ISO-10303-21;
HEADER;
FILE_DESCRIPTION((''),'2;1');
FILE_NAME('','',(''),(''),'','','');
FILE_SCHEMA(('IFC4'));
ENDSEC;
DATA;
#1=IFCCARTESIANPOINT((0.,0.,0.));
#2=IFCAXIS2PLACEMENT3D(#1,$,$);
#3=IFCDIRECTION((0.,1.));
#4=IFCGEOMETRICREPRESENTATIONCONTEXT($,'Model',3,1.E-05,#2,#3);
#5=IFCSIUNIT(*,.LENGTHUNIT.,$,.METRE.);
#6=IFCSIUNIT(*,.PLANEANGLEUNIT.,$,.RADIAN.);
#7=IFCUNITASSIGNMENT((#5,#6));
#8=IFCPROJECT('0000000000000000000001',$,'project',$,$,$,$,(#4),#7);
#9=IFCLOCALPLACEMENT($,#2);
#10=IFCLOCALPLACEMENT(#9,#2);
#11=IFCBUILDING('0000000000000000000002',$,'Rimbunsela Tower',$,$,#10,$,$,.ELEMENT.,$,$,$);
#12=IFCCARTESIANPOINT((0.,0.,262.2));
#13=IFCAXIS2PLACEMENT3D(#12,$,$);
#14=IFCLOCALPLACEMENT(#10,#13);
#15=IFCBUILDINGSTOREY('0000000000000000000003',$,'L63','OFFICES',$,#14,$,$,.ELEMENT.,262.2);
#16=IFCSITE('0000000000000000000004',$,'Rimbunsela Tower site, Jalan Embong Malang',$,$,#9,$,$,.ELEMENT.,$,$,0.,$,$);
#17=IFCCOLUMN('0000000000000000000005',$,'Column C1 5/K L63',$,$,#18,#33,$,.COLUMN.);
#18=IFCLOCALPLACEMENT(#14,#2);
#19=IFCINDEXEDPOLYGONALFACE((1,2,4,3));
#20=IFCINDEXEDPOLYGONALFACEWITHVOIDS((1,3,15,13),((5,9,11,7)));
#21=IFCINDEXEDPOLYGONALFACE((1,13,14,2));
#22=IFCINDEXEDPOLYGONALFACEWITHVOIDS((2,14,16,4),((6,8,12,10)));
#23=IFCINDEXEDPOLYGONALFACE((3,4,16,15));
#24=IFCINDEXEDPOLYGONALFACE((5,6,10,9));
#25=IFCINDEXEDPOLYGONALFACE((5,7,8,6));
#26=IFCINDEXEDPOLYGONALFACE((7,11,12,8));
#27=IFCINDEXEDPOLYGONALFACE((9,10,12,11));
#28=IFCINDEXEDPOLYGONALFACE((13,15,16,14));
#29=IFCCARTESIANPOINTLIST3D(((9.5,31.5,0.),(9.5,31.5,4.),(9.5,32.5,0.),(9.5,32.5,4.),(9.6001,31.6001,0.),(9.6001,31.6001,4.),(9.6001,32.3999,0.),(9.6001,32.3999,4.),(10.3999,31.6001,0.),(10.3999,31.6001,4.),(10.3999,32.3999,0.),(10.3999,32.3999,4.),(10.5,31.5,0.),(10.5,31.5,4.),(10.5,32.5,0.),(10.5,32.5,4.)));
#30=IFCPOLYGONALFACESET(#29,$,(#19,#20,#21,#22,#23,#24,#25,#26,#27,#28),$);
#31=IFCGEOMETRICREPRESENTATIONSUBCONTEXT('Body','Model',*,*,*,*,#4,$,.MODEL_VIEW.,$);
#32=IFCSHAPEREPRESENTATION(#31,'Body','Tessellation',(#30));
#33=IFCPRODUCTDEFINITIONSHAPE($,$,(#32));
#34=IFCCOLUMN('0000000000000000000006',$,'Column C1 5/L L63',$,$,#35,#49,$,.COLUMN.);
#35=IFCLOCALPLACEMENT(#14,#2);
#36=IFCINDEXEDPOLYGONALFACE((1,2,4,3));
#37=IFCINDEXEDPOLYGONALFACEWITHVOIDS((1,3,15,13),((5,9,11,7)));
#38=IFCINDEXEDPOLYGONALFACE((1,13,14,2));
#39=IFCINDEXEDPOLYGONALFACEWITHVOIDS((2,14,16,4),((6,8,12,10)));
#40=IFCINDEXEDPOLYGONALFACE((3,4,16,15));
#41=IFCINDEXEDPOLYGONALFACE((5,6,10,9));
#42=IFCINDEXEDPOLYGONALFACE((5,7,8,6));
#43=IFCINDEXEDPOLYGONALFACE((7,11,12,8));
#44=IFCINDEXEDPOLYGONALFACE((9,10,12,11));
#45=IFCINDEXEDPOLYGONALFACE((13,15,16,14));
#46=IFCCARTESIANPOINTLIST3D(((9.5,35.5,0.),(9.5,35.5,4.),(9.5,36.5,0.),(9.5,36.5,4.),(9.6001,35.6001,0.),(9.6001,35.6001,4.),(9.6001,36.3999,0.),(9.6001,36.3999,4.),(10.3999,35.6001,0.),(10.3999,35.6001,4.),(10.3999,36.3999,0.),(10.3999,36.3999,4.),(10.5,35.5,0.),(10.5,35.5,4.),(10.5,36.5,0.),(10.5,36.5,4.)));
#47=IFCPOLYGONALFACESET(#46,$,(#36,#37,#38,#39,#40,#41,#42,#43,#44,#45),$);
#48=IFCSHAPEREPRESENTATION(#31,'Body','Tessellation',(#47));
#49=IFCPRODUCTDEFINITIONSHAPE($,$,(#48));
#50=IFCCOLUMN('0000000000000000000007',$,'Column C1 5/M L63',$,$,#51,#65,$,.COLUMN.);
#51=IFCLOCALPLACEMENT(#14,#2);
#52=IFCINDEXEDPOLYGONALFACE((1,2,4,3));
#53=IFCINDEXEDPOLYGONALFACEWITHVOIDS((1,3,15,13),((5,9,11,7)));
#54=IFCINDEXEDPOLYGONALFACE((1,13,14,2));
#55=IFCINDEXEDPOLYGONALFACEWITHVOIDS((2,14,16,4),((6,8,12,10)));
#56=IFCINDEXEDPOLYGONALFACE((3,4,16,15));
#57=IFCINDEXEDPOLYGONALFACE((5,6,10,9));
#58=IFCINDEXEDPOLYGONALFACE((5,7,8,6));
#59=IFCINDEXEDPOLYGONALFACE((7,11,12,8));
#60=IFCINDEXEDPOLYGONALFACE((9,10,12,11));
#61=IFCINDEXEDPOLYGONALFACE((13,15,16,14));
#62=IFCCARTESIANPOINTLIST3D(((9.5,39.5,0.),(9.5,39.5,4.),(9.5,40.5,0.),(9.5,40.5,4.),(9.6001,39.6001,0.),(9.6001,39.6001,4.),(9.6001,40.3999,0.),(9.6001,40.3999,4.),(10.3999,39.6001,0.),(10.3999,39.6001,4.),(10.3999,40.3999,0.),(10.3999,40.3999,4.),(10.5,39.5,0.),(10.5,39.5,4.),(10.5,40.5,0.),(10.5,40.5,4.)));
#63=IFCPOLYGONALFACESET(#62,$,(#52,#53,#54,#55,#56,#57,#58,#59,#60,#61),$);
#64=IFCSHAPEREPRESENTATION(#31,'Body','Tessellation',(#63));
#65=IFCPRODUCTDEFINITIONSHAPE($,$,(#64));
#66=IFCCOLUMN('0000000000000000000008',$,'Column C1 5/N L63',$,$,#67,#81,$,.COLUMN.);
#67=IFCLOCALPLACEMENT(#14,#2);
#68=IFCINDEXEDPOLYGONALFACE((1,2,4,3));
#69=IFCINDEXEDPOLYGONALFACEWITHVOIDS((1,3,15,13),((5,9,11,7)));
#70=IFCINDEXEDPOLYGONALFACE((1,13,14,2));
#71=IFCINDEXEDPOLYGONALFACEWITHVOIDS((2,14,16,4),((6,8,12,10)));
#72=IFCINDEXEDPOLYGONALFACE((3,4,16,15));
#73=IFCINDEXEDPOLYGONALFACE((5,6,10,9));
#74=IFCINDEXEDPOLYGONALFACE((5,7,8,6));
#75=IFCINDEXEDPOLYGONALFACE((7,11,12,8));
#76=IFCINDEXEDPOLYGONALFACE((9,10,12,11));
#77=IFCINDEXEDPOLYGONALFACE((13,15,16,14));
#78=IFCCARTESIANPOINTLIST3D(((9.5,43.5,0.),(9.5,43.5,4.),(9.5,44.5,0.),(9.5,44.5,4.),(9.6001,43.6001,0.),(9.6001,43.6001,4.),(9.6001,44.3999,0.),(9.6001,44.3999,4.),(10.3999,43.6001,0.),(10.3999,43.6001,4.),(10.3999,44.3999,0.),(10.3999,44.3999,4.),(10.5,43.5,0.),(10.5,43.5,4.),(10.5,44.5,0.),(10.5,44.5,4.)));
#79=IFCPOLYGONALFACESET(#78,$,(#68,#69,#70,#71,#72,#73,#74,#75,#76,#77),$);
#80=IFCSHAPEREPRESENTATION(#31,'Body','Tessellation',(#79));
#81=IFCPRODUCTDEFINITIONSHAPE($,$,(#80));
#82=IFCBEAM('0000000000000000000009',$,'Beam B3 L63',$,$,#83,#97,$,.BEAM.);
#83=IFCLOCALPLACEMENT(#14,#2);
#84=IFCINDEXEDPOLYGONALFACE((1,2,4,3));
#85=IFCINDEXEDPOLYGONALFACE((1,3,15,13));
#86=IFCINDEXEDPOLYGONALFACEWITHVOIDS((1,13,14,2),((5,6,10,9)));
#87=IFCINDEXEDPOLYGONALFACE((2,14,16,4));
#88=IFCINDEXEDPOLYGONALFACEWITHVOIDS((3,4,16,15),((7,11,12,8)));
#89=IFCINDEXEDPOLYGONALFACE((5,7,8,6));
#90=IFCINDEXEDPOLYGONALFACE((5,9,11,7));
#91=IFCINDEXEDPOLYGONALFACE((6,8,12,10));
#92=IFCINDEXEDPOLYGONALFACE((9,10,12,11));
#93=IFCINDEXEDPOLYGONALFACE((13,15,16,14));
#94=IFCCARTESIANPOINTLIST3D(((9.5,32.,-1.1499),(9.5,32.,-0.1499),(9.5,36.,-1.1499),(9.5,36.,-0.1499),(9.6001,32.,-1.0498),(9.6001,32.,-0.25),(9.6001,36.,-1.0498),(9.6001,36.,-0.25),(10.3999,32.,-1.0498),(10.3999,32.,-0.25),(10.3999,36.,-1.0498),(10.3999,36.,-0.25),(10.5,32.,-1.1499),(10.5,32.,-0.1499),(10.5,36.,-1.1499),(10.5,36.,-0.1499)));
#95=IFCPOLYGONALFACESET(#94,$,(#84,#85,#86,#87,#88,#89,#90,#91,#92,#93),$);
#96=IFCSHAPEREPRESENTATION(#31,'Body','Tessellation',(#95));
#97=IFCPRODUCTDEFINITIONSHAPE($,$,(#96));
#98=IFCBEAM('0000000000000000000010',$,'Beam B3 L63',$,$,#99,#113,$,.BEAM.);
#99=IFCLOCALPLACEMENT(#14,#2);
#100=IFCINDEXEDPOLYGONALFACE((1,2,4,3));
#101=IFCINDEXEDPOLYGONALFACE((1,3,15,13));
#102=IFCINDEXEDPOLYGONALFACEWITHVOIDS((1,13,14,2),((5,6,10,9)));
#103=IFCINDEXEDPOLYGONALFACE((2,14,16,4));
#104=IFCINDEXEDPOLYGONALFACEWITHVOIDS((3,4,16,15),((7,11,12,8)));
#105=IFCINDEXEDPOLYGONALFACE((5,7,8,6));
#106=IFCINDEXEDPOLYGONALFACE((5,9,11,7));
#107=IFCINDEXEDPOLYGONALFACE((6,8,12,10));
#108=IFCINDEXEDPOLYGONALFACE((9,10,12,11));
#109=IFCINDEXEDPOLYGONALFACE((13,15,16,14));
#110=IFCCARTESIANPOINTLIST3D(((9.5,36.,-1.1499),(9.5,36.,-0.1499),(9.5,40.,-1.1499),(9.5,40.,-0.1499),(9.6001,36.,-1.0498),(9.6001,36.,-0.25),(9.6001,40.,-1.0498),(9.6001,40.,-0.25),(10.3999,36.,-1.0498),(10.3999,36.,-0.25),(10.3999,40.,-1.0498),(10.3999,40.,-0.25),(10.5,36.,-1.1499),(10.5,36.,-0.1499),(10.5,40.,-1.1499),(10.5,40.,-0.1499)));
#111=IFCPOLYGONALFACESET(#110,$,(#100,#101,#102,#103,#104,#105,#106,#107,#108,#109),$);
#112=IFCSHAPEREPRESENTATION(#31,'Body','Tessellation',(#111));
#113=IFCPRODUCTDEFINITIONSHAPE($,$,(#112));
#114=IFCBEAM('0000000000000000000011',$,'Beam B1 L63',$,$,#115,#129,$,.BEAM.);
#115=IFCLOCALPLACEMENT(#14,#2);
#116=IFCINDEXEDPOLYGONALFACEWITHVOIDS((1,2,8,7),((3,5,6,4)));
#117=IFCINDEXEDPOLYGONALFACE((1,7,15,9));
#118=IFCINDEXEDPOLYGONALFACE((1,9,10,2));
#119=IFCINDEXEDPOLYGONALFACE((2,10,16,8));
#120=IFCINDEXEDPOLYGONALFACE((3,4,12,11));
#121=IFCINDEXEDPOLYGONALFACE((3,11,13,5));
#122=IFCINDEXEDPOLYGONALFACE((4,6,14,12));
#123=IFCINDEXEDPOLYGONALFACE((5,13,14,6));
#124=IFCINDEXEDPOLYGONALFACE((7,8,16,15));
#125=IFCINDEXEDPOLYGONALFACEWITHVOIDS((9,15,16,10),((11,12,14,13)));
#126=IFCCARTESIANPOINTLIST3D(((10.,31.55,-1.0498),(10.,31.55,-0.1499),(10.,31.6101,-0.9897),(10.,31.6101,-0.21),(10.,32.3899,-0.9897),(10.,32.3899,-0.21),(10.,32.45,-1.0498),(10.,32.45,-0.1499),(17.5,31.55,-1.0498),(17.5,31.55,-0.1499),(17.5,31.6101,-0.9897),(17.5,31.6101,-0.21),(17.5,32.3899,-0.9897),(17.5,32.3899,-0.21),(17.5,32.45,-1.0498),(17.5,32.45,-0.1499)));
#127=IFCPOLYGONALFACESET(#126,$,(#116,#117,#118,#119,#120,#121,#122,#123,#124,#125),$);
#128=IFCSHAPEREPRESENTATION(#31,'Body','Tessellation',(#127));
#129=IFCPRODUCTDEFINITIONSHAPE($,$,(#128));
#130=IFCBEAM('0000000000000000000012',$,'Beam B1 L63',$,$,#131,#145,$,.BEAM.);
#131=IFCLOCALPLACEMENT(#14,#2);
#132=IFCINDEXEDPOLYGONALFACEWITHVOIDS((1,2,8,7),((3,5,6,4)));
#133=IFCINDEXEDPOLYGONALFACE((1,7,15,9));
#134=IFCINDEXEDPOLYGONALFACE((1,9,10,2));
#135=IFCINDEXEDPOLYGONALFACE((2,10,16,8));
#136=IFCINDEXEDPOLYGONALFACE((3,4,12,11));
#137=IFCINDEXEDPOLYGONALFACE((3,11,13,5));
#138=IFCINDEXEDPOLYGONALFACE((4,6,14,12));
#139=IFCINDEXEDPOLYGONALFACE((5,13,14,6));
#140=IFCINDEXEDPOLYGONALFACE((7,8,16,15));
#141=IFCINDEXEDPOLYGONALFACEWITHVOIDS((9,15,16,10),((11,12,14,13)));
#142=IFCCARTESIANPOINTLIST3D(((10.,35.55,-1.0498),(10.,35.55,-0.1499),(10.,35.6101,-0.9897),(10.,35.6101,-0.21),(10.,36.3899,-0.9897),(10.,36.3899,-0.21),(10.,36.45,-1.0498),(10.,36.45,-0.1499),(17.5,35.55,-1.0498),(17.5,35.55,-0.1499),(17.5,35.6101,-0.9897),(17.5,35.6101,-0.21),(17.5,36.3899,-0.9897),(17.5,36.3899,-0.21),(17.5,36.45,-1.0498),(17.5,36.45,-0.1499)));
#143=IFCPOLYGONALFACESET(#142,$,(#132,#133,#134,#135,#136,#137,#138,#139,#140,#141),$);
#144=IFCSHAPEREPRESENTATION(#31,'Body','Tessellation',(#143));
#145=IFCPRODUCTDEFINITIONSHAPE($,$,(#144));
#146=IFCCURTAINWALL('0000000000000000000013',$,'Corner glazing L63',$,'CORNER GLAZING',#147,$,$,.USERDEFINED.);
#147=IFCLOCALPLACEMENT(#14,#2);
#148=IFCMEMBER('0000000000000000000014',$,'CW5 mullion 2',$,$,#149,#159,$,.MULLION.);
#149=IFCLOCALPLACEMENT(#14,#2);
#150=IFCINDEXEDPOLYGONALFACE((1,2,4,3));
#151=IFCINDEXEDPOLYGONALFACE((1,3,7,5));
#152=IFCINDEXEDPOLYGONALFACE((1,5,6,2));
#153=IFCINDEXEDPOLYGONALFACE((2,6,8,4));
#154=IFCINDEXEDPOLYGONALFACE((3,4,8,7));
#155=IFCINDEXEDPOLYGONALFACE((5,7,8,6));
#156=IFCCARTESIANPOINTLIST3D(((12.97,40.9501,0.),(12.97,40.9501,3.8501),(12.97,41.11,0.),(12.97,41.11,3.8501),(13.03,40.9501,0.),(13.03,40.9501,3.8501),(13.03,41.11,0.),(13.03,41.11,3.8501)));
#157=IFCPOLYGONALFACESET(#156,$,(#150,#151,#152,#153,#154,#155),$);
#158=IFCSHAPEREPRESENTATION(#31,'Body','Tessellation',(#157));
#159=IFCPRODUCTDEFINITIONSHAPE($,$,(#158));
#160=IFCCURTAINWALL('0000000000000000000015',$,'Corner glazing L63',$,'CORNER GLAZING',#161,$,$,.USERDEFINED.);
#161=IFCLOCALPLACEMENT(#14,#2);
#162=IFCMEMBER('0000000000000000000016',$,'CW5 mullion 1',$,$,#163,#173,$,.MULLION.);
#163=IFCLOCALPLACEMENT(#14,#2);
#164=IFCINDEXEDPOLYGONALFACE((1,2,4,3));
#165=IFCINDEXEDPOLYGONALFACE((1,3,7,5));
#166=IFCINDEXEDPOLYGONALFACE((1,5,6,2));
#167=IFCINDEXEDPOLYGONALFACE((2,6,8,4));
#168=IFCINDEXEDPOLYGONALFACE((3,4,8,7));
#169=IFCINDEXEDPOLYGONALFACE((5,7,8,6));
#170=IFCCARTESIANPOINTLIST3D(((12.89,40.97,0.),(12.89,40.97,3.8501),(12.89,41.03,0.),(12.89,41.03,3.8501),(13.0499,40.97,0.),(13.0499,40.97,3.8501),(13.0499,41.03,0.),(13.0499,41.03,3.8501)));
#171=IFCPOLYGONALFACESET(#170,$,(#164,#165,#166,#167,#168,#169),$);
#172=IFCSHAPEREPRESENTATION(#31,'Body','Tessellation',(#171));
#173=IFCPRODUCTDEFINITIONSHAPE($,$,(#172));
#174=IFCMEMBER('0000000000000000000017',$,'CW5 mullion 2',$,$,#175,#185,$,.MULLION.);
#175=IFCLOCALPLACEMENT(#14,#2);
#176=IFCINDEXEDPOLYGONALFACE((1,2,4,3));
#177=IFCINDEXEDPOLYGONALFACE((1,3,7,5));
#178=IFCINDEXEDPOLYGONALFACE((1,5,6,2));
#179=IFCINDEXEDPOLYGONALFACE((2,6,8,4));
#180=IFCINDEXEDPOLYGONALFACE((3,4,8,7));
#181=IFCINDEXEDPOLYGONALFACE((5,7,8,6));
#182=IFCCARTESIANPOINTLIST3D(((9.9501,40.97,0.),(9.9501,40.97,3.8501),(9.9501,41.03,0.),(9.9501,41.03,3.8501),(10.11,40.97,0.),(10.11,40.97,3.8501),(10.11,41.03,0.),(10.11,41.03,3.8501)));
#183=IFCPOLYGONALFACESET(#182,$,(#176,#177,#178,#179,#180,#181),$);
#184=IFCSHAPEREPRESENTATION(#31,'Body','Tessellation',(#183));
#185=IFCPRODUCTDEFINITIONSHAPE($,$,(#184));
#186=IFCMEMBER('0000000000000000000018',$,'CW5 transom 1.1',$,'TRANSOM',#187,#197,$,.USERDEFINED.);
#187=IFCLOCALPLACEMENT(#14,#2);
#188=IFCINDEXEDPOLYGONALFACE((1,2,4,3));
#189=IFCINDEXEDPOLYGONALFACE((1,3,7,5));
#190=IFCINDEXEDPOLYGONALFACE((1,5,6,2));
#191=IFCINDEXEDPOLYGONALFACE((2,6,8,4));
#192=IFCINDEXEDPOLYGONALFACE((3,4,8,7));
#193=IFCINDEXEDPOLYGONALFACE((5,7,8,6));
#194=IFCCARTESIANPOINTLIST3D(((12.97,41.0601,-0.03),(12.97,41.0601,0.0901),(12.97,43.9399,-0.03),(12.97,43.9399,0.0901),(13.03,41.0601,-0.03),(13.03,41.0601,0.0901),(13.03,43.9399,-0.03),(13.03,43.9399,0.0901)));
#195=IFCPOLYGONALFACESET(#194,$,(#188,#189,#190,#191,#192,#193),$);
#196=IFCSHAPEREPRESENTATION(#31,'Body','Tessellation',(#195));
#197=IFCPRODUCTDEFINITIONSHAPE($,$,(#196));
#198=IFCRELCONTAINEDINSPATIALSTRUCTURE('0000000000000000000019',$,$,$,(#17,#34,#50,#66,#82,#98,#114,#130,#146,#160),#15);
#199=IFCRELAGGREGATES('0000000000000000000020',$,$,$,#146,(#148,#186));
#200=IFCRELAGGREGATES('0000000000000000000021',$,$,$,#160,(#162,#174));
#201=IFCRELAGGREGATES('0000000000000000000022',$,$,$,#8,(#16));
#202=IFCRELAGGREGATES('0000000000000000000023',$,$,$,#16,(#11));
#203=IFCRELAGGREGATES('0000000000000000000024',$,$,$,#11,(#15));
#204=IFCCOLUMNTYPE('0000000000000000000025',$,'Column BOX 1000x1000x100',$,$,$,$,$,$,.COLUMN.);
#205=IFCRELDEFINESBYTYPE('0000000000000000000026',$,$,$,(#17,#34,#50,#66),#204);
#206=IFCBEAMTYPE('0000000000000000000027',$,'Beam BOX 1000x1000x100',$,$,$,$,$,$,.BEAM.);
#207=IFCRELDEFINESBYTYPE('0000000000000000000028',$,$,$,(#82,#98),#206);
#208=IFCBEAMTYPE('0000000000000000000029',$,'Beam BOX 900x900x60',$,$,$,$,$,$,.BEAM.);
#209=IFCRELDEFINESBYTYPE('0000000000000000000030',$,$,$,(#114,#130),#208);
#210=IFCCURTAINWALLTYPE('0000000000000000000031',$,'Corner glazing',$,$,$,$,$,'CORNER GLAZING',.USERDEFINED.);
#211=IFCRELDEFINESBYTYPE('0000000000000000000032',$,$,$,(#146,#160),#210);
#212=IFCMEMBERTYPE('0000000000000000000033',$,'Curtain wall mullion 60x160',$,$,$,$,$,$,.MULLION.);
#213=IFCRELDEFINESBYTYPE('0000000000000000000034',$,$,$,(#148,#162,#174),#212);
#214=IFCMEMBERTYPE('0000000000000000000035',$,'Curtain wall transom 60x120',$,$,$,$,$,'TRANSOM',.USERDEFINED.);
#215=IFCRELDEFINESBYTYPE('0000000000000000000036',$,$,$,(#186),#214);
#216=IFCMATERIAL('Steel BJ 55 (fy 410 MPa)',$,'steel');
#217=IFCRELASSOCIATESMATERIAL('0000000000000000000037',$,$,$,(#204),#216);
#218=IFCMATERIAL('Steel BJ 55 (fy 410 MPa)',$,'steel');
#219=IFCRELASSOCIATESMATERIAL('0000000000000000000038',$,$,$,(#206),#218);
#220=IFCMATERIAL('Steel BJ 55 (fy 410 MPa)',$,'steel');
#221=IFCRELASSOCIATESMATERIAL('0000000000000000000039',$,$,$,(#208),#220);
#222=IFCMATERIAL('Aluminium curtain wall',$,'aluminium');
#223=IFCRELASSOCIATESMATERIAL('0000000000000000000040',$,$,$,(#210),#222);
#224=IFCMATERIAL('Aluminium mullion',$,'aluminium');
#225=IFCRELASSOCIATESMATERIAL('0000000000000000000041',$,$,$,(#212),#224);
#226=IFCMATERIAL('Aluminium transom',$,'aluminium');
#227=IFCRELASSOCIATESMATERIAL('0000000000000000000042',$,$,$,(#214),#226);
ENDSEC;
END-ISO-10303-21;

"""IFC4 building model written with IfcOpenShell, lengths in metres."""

from ifc_helpers import new_model, si_unit, direction, frame, origin, origin_2d, place, context, subcontext, project, spatial, rectangle, hollow_rectangle, extrude, material, material_profile, profile_set, type_object, element, aggregate, save


model = new_model("IFC4")

# Units and contexts
model_context = context("Model", 3, precision=1e-05, world=origin(), true_north=direction((0.0, 1.0)))
body_context = subcontext(model_context, "Body", "Model", "MODEL_VIEW")
ifc_project = project(units=[si_unit("LENGTHUNIT", "METRE"), si_unit("PLANEANGLEUNIT", "RADIAN")], contexts=[model_context])

# Site, building, storey
site_placement = place(None, origin())
site = spatial("IfcSite", under=ifc_project, at=site_placement, Name="Rimbunsela Tower site, Jalan Embong Malang", CompositionType="ELEMENT", RefElevation=0.0)
building_placement = place(site_placement, origin())
building = spatial("IfcBuilding", under=site, at=building_placement, Name="Rimbunsela Tower", CompositionType="ELEMENT")
storey_placement = place(building_placement, frame((0.0, 0.0, 262.2)))
storey = spatial("IfcBuildingStorey", under=building, at=storey_placement, Name="L63", Description="OFFICES", CompositionType="ELEMENT", Elevation=262.2)

# Columns
ifc_material_1 = material(Name="Steel BJ 55 (fy 410 MPa)", Category="steel")
ifc_material_profile_1 = material_profile(ifc_material_1, hollow_rectangle(XDim=1.0, YDim=1.0, WallThickness=0.1001, at=origin_2d()), Name="BOX 1000x1000x100")
ifc_profile_set_1 = profile_set([ifc_material_profile_1], Name="Steel BJ 55 (fy 410 MPa)")
column_type = type_object("IfcColumnType", Name="Column BOX 1000x1000x100", PredefinedType="COLUMN", material=ifc_profile_set_1)
for number, where, z_axis, x_axis, name in (
    (1, (10.0, 32.0, 0.0), (0.0, 0.0, 1.0), (1.0, 0.0, 0.0), "Column C1 5/K L63"),
    (2, (10.0, 36.0, 0.0), (0.0, 0.0, 1.0), (1.0, 0.0, 0.0), "Column C1 5/L L63"),
    (3, (10.0, 40.0, 0.0), (0.0, 0.0, 1.0), (1.0, 0.0, 0.0), "Column C1 5/M L63"),
    (4, (10.0, 44.0, 0.0), (0.0, 0.0, 1.0), (1.0, 0.0, 0.0), "Column C1 5/N L63"),
):
    element("IfcColumn", number, at=place(storey_placement, frame(where, z_axis=z_axis, x_axis=x_axis)), inside=storey, type_object=column_type, Name=name, PredefinedType="COLUMN", context=body_context, shape_type="SweptSolid", body=[
        extrude(hollow_rectangle(XDim=1.0, YDim=1.0, WallThickness=0.1001, at=origin_2d()), origin(), (0.0, 0.0, 1.0), 4.0),
    ])

# Beams
ifc_material_2 = material(Name="Steel BJ 55 (fy 410 MPa)", Category="steel")
ifc_material_profile_2 = material_profile(ifc_material_2, hollow_rectangle(XDim=1.0, YDim=1.0, WallThickness=0.1001, at=origin_2d()), Name="BOX 1000x1000x100")
ifc_profile_set_2 = profile_set([ifc_material_profile_2], Name="Steel BJ 55 (fy 410 MPa)")
beam_type_1 = type_object("IfcBeamType", Name="Beam BOX 1000x1000x100", PredefinedType="BEAM", material=ifc_profile_set_2)
for number, where, z_axis, x_axis, name in (
    (5, (10.0, 32.0, -0.6499), (0.0, 1.0, 0.0), (-1.0, 0.0, 0.0), "Beam B3 L63"),
    (6, (10.0, 36.0, -0.6499), (0.0, 1.0, 0.0), (-1.0, 0.0, 0.0), "Beam B3 L63"),
):
    element("IfcBeam", number, at=place(storey_placement, frame(where, z_axis=z_axis, x_axis=x_axis)), inside=storey, type_object=beam_type_1, Name=name, PredefinedType="BEAM", context=body_context, shape_type="SweptSolid", body=[
        extrude(hollow_rectangle(XDim=1.0, YDim=1.0, WallThickness=0.1001, at=origin_2d()), origin(), (0.0, 0.0, 1.0), 4.0),
    ])
ifc_material_3 = material(Name="Steel BJ 55 (fy 410 MPa)", Category="steel")
ifc_material_profile_3 = material_profile(ifc_material_3, hollow_rectangle(XDim=0.8999, YDim=0.8999, WallThickness=0.0601, at=origin_2d()), Name="BOX 900x900x60")
ifc_profile_set_3 = profile_set([ifc_material_profile_3], Name="Steel BJ 55 (fy 410 MPa)")
beam_type_2 = type_object("IfcBeamType", Name="Beam BOX 900x900x60", PredefinedType="BEAM", material=ifc_profile_set_3)
for number, where, z_axis, x_axis, name in (
    (7, (10.0, 32.0, -0.5999), (1.0, 0.0, 0.0), (0.0, 1.0, 0.0), "Beam B1 L63"),
    (8, (10.0, 36.0, -0.5999), (1.0, 0.0, 0.0), (0.0, 1.0, 0.0), "Beam B1 L63"),
):
    element("IfcBeam", number, at=place(storey_placement, frame(where, z_axis=z_axis, x_axis=x_axis)), inside=storey, type_object=beam_type_2, Name=name, PredefinedType="BEAM", context=body_context, shape_type="SweptSolid", body=[
        extrude(hollow_rectangle(XDim=0.8999, YDim=0.8999, WallThickness=0.0601, at=origin_2d()), origin(), (0.0, 0.0, 1.0), 7.5),
    ])

# Curtain wall, member
ifc_material_4 = material(Name="Aluminium curtain wall", Category="aluminium")
curtain_wall_type = type_object("IfcCurtainWallType", Name="Corner glazing", ElementType="CORNER GLAZING", PredefinedType="USERDEFINED", material=ifc_material_4)
curtain_wall_1_placement = place(storey_placement, origin())
curtain_wall_1 = element("IfcCurtainWall", 9, at=curtain_wall_1_placement, inside=storey, type_object=curtain_wall_type, Name="Corner glazing L63", ObjectType="CORNER GLAZING", PredefinedType="USERDEFINED")
ifc_material_5 = material(Name="Aluminium mullion", Category="aluminium")
ifc_material_profile_4 = material_profile(ifc_material_5, rectangle(XDim=0.0601, YDim=0.1599, at=origin_2d()), Name="Mullion 60x160")
ifc_profile_set_4 = profile_set([ifc_material_profile_4], Name="Aluminium mullion")
member_type_1 = type_object("IfcMemberType", Name="Curtain wall mullion 60x160", PredefinedType="MULLION", material=ifc_profile_set_4)
member_1_placement = place(storey_placement, frame((13.0, 41.03, 0.0), z_axis=(0.0, 0.0, 1.0), x_axis=(1.0, 0.0, 0.0)))
member_1 = element("IfcMember", 10, at=member_1_placement, type_object=member_type_1, Name="CW5 mullion 2", PredefinedType="MULLION", context=body_context, shape_type="SweptSolid", body=[
    extrude(rectangle(XDim=0.0601, YDim=0.1599, at=origin_2d()), origin(), (0.0, 0.0, 1.0), 3.8501),
])

# Curtain wall, members
curtain_wall_2_placement = place(storey_placement, origin())
curtain_wall_2 = element("IfcCurtainWall", 11, at=curtain_wall_2_placement, inside=storey, type_object=curtain_wall_type, Name="Corner glazing L63", ObjectType="CORNER GLAZING", PredefinedType="USERDEFINED")
member_2_placement = place(storey_placement, frame((12.97, 41.0, 0.0), z_axis=(0.0, 0.0, 1.0), x_axis=(0.0, -1.0, 0.0)))
member_2 = element("IfcMember", 12, at=member_2_placement, type_object=member_type_1, Name="CW5 mullion 1", PredefinedType="MULLION", context=body_context, shape_type="SweptSolid", body=[
    extrude(rectangle(XDim=0.0601, YDim=0.1599, at=origin_2d()), origin(), (0.0, 0.0, 1.0), 3.8501),
])
member_3_placement = place(storey_placement, frame((10.03, 41.0, 0.0), z_axis=(0.0, 0.0, 1.0), x_axis=(0.0, -1.0, 0.0)))
member_3 = element("IfcMember", 13, at=member_3_placement, type_object=member_type_1, Name="CW5 mullion 2", PredefinedType="MULLION", context=body_context, shape_type="SweptSolid", body=[
    extrude(rectangle(XDim=0.0601, YDim=0.1599, at=origin_2d()), origin(), (0.0, 0.0, 1.0), 3.8501),
])

# Member
ifc_material_6 = material(Name="Aluminium transom", Category="aluminium")
ifc_material_profile_5 = material_profile(ifc_material_6, rectangle(XDim=0.0601, YDim=0.1201, at=origin_2d()), Name="Transom 60x120")
ifc_profile_set_5 = profile_set([ifc_material_profile_5], Name="Aluminium transom")
member_type_2 = type_object("IfcMemberType", Name="Curtain wall transom 60x120", ElementType="TRANSOM", PredefinedType="USERDEFINED", material=ifc_profile_set_5)
member_4_placement = place(storey_placement, frame((13.0, 43.9399, 0.03), z_axis=(0.0, -1.0, 0.0), x_axis=(1.0, 0.0, 0.0)))
member_4 = element("IfcMember", 14, at=member_4_placement, type_object=member_type_2, Name="CW5 transom 1.1", ObjectType="TRANSOM", PredefinedType="USERDEFINED", context=body_context, shape_type="SweptSolid", body=[
    extrude(rectangle(XDim=0.0601, YDim=0.1201, at=origin_2d()), origin(), (0.0, 0.0, 1.0), 2.8799),
])

aggregate(curtain_wall_1, [member_1, member_4])
aggregate(curtain_wall_2, [member_2, member_3])

save(model, "model.ifc")
